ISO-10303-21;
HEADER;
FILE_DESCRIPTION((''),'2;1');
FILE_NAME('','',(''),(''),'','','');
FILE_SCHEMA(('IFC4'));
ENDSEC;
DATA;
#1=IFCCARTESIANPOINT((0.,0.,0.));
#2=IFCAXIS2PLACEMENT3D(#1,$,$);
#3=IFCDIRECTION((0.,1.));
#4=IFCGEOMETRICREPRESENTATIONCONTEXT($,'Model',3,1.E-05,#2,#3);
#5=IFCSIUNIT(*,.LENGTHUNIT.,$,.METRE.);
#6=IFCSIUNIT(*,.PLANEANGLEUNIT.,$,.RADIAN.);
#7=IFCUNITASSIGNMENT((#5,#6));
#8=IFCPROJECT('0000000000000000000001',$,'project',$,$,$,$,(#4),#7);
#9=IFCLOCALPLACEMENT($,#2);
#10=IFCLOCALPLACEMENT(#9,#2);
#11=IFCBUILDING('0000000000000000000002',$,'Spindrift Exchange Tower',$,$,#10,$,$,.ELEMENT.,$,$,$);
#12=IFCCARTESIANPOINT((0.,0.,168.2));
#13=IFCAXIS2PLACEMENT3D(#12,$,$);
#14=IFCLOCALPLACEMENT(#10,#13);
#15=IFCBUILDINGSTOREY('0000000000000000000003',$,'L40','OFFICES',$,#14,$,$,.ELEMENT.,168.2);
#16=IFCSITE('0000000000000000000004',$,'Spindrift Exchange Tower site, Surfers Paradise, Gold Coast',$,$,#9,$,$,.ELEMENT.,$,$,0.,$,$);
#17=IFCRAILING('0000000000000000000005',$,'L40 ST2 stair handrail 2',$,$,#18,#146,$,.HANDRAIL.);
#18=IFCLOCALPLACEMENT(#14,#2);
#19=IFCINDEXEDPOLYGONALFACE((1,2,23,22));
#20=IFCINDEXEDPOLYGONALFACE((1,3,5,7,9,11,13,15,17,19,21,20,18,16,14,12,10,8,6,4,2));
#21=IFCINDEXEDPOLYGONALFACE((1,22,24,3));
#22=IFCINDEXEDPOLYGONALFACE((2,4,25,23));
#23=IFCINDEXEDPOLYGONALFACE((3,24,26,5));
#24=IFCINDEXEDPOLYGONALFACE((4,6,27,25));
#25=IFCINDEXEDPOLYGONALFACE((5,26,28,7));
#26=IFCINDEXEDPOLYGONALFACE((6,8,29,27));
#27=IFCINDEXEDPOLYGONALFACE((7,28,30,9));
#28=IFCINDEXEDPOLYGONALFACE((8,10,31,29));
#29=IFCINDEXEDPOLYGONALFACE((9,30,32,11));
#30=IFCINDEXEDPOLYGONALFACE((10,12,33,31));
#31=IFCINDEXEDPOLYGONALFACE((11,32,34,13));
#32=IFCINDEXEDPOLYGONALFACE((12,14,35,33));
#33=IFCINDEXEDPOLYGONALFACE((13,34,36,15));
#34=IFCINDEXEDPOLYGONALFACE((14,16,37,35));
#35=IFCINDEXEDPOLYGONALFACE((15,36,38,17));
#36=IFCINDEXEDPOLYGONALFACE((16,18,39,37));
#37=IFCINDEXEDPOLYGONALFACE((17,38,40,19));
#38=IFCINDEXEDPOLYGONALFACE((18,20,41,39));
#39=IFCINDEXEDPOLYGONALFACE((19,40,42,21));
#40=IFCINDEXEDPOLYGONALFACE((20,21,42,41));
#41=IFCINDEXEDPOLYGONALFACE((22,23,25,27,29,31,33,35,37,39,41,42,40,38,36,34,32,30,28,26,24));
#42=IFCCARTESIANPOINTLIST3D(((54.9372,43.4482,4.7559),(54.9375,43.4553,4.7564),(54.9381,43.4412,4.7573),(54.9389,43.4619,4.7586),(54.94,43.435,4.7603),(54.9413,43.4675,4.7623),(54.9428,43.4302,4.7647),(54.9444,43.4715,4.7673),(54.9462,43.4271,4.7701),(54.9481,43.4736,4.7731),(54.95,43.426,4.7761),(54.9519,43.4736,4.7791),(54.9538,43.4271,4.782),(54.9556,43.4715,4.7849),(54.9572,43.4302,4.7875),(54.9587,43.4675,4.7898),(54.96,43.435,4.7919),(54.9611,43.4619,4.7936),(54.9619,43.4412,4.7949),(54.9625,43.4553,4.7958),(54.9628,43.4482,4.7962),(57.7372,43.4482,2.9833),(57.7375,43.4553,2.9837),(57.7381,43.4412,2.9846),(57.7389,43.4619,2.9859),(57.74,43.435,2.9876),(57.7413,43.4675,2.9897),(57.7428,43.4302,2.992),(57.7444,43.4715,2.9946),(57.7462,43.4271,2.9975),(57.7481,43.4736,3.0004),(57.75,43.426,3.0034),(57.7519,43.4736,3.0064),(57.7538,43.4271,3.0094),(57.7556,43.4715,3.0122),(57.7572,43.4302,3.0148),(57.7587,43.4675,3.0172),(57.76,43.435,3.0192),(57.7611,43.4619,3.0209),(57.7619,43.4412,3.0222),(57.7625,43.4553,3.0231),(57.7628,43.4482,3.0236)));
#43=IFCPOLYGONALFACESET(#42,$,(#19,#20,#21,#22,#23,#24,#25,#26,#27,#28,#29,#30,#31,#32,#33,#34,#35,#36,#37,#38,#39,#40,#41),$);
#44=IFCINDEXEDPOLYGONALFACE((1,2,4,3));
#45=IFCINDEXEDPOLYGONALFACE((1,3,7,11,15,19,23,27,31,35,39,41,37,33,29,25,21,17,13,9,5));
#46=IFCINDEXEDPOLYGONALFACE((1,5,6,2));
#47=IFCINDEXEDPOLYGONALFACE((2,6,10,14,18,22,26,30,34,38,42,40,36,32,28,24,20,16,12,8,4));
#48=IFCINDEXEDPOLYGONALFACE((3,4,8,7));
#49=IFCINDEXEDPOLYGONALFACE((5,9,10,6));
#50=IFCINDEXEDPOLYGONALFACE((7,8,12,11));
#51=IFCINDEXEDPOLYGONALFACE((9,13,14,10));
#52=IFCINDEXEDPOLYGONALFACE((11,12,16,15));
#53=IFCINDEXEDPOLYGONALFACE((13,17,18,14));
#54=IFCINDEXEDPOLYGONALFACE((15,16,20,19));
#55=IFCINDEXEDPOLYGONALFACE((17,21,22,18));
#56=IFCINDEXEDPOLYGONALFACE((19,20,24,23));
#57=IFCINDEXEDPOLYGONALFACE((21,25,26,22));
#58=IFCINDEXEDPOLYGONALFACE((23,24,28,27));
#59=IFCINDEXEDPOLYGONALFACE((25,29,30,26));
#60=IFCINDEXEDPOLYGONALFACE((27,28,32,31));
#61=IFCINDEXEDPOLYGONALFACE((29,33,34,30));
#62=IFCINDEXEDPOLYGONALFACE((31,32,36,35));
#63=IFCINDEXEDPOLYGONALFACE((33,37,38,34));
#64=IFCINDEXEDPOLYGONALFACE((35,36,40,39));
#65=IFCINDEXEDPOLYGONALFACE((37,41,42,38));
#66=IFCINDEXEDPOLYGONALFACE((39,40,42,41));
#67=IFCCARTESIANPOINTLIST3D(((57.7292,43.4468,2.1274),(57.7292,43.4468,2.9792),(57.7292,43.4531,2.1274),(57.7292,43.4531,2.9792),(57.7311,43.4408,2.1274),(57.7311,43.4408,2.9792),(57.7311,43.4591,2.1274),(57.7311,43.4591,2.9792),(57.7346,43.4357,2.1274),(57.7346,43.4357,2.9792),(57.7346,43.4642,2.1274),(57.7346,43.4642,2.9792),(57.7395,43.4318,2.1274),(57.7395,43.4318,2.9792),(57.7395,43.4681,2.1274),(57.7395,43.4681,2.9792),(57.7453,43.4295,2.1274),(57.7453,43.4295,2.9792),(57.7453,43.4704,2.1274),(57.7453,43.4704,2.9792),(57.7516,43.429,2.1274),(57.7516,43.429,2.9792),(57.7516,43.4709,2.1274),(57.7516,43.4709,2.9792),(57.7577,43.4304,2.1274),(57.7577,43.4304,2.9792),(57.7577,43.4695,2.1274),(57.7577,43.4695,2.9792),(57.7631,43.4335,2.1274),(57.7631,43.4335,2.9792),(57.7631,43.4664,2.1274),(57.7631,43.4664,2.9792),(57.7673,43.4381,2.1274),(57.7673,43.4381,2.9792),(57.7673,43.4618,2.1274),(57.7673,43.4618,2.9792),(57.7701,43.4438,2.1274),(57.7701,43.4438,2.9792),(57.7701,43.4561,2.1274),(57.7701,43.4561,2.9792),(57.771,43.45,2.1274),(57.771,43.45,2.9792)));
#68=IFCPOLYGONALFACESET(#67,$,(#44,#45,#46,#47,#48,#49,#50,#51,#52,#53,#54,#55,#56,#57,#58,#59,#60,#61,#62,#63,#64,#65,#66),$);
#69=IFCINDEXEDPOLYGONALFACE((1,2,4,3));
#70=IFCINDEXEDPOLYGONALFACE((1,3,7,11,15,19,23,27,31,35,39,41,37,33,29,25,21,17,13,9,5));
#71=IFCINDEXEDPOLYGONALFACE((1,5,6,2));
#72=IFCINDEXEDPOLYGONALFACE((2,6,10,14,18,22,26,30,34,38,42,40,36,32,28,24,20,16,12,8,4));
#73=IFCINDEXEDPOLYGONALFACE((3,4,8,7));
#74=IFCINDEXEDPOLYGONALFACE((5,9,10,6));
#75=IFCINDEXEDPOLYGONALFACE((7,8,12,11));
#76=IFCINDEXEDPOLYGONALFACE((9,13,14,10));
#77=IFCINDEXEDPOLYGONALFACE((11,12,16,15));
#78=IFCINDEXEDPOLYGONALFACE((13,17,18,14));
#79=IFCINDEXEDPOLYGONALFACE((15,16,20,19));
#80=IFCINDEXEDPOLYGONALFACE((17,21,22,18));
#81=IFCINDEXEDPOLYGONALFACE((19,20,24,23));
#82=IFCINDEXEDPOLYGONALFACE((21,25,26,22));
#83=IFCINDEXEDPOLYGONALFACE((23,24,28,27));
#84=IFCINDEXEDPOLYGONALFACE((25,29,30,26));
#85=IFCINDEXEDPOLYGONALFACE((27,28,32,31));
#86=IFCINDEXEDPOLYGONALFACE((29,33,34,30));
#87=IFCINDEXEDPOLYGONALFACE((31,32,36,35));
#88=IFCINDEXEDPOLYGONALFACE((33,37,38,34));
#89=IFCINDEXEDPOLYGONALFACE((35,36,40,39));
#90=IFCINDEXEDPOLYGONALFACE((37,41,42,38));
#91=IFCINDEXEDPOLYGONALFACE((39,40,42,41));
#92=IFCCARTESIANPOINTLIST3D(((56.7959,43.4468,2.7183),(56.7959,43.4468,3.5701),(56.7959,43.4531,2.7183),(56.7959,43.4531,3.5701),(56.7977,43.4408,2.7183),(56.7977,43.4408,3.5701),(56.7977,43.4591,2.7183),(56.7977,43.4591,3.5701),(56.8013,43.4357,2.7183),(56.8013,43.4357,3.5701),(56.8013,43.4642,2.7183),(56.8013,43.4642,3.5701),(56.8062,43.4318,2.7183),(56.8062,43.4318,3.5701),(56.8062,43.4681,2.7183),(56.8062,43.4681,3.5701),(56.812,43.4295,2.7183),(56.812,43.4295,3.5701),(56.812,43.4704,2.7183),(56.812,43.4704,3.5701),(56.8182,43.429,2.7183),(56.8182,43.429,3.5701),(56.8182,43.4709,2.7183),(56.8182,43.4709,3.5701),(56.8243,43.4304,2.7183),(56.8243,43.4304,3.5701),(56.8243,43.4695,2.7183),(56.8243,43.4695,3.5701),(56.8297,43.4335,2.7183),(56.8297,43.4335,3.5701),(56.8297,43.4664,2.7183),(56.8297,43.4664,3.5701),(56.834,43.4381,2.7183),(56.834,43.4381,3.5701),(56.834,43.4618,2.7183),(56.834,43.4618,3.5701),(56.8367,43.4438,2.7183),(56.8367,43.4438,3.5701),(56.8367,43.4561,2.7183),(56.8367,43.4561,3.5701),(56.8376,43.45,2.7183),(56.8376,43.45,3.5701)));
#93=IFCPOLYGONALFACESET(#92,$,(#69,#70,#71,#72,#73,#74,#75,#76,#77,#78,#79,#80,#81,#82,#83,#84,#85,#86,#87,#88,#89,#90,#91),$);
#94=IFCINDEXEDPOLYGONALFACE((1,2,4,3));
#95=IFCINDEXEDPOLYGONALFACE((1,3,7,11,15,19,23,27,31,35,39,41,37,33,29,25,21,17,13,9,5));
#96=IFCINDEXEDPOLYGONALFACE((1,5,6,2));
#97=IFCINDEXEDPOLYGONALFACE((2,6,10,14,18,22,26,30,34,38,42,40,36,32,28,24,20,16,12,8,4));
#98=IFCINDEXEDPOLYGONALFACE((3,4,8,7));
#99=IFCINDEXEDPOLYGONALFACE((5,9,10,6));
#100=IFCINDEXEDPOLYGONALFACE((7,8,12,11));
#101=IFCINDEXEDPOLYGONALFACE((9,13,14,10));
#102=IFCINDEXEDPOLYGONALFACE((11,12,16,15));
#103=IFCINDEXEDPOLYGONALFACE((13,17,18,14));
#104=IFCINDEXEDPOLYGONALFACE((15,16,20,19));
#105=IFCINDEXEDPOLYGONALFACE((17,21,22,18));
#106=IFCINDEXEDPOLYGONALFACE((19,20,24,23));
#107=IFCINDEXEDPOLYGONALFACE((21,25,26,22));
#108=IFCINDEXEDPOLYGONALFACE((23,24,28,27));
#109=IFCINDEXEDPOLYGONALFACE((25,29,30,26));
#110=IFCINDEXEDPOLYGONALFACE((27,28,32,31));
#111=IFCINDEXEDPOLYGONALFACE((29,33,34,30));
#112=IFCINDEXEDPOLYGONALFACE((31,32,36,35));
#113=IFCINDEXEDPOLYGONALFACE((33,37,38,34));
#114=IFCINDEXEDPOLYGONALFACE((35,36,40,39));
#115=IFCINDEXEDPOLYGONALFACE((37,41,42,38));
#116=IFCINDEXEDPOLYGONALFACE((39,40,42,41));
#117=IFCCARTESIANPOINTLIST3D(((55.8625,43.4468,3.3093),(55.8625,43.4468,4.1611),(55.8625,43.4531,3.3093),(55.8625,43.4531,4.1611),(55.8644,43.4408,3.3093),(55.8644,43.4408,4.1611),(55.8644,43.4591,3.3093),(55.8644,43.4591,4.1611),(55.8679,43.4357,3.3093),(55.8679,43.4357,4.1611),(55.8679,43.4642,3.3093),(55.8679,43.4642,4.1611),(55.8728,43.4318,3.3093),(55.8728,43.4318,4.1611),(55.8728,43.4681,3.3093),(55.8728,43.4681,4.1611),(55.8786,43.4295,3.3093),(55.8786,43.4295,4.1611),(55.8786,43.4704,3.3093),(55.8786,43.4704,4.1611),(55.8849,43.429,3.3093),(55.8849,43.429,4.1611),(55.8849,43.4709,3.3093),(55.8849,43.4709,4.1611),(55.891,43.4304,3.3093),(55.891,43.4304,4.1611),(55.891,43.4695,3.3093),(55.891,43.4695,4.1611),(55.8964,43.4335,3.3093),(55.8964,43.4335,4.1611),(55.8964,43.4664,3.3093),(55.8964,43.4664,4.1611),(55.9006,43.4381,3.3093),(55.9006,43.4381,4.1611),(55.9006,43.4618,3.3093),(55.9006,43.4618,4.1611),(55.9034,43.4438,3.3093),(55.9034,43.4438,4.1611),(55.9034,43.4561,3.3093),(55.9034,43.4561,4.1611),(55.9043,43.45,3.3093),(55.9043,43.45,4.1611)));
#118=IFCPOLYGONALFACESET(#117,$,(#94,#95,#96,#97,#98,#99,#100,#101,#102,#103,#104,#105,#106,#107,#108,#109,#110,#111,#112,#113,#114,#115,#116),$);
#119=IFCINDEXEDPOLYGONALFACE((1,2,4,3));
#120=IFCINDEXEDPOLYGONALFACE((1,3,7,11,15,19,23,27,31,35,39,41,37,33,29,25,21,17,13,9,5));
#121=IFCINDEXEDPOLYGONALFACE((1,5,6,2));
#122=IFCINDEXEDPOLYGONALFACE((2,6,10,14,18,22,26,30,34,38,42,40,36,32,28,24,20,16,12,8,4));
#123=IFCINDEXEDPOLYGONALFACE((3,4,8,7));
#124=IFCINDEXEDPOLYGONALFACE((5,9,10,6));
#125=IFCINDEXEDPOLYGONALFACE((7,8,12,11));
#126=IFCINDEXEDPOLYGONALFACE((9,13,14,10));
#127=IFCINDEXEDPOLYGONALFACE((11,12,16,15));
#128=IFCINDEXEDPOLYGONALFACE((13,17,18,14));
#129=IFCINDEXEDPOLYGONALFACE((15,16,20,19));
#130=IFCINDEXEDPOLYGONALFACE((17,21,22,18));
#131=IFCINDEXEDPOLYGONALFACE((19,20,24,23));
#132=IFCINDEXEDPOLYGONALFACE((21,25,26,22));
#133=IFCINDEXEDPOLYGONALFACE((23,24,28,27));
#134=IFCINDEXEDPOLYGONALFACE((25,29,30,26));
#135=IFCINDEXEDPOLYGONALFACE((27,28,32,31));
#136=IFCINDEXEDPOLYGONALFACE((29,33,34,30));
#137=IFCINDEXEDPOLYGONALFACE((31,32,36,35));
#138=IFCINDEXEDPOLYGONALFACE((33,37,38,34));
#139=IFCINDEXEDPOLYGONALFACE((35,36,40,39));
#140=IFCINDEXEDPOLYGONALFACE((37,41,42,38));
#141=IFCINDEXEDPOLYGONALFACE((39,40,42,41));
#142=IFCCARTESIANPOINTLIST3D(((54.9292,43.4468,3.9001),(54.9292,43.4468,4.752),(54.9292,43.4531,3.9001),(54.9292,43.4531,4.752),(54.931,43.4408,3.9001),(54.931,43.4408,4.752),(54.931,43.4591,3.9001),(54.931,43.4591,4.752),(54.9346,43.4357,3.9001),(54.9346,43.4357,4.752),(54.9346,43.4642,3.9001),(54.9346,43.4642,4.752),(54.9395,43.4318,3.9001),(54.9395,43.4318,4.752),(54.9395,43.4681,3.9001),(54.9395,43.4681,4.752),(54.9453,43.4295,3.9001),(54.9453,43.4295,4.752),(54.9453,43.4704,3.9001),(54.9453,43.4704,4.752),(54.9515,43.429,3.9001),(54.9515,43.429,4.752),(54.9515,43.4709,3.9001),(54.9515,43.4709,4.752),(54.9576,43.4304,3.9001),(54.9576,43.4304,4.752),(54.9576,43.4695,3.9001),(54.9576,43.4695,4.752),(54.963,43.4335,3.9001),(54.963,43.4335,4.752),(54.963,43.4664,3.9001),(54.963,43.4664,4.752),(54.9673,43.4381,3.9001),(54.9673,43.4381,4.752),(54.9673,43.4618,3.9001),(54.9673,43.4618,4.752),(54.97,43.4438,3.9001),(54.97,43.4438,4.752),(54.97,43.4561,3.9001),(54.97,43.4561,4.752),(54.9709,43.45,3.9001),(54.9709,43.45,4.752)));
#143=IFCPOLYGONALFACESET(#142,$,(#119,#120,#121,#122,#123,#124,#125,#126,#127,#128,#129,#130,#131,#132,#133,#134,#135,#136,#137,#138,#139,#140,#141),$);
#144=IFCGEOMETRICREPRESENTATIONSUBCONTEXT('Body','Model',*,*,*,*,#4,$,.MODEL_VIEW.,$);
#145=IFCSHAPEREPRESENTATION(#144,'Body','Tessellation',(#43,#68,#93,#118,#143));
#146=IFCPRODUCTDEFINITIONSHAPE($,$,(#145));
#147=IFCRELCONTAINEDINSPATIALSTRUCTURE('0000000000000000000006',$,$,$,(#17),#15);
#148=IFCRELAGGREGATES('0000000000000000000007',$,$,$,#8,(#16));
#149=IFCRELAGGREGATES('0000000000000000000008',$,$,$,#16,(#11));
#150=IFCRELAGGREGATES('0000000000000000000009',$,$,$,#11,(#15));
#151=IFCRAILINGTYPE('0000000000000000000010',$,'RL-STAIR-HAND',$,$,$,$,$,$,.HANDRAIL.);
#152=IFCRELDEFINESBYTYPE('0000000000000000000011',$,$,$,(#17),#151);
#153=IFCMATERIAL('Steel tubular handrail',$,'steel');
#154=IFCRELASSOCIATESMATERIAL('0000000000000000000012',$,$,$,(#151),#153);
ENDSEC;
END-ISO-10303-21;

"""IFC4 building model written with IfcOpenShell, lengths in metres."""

from ifc_helpers import new_model, si_unit, direction, frame, origin, origin_2d, place, context, subcontext, project, spatial, circle, extrude, material, type_object, element, save


model = new_model("IFC4")

# Units and contexts
model_context = context("Model", 3, precision=1e-05, world=origin(), true_north=direction((0.0, 1.0)))
body_context = subcontext(model_context, "Body", "Model", "MODEL_VIEW")
ifc_project = project(units=[si_unit("LENGTHUNIT", "METRE"), si_unit("PLANEANGLEUNIT", "RADIAN")], contexts=[model_context])

# Site, building, storey
site_placement = place(None, origin())
site = spatial("IfcSite", under=ifc_project, at=site_placement, Name="Spindrift Exchange Tower site, Surfers Paradise, Gold Coast", CompositionType="ELEMENT", RefElevation=0.0)
building_placement = place(site_placement, origin())
building = spatial("IfcBuilding", under=site, at=building_placement, Name="Spindrift Exchange Tower", CompositionType="ELEMENT")
storey_placement = place(building_placement, frame((0.0, 0.0, 168.2)))
storey = spatial("IfcBuildingStorey", under=building, at=storey_placement, Name="L40", Description="OFFICES", CompositionType="ELEMENT", Elevation=168.2)

# Railing
ifc_material_1 = material(Name="Steel tubular handrail", Category="steel")
railing_type_1 = type_object("IfcRailingType", Name="RL-STAIR-HAND", PredefinedType="HANDRAIL", material=ifc_material_1)
railing_1_placement = place(storey_placement, frame((57.75, 43.45, 2.1274)))
element("IfcRailing", 1, at=railing_1_placement, inside=storey, type_object=railing_type_1, Name="L40 ST2 stair handrail 2", PredefinedType="HANDRAIL", context=body_context, shape_type="SweptSolid", body=[
    extrude(circle(Radius=0.0239, at=origin_2d()), frame((0.0, 0.0, 0.876), z_axis=(-0.844909, 0.0, 0.53491), x_axis=(0.0, -1.0, 0.0)), (0.0, 0.0, 1.0), 3.314),
    extrude(circle(Radius=0.021, at=origin_2d()), origin(), (0.0, 0.0, 1.0), 0.8518),
    extrude(circle(Radius=0.021, at=origin_2d()), frame((-0.9333, 0.0, 0.5908)), (0.0, 0.0, 1.0), 0.8518),
    extrude(circle(Radius=0.021, at=origin_2d()), frame((-1.8667, 0.0, 1.1819)), (0.0, 0.0, 1.0), 0.8518),
    extrude(circle(Radius=0.021, at=origin_2d()), frame((-2.8, 0.0, 1.7727)), (0.0, 0.0, 1.0), 0.8518),
])

save(model, "model.ifc")
